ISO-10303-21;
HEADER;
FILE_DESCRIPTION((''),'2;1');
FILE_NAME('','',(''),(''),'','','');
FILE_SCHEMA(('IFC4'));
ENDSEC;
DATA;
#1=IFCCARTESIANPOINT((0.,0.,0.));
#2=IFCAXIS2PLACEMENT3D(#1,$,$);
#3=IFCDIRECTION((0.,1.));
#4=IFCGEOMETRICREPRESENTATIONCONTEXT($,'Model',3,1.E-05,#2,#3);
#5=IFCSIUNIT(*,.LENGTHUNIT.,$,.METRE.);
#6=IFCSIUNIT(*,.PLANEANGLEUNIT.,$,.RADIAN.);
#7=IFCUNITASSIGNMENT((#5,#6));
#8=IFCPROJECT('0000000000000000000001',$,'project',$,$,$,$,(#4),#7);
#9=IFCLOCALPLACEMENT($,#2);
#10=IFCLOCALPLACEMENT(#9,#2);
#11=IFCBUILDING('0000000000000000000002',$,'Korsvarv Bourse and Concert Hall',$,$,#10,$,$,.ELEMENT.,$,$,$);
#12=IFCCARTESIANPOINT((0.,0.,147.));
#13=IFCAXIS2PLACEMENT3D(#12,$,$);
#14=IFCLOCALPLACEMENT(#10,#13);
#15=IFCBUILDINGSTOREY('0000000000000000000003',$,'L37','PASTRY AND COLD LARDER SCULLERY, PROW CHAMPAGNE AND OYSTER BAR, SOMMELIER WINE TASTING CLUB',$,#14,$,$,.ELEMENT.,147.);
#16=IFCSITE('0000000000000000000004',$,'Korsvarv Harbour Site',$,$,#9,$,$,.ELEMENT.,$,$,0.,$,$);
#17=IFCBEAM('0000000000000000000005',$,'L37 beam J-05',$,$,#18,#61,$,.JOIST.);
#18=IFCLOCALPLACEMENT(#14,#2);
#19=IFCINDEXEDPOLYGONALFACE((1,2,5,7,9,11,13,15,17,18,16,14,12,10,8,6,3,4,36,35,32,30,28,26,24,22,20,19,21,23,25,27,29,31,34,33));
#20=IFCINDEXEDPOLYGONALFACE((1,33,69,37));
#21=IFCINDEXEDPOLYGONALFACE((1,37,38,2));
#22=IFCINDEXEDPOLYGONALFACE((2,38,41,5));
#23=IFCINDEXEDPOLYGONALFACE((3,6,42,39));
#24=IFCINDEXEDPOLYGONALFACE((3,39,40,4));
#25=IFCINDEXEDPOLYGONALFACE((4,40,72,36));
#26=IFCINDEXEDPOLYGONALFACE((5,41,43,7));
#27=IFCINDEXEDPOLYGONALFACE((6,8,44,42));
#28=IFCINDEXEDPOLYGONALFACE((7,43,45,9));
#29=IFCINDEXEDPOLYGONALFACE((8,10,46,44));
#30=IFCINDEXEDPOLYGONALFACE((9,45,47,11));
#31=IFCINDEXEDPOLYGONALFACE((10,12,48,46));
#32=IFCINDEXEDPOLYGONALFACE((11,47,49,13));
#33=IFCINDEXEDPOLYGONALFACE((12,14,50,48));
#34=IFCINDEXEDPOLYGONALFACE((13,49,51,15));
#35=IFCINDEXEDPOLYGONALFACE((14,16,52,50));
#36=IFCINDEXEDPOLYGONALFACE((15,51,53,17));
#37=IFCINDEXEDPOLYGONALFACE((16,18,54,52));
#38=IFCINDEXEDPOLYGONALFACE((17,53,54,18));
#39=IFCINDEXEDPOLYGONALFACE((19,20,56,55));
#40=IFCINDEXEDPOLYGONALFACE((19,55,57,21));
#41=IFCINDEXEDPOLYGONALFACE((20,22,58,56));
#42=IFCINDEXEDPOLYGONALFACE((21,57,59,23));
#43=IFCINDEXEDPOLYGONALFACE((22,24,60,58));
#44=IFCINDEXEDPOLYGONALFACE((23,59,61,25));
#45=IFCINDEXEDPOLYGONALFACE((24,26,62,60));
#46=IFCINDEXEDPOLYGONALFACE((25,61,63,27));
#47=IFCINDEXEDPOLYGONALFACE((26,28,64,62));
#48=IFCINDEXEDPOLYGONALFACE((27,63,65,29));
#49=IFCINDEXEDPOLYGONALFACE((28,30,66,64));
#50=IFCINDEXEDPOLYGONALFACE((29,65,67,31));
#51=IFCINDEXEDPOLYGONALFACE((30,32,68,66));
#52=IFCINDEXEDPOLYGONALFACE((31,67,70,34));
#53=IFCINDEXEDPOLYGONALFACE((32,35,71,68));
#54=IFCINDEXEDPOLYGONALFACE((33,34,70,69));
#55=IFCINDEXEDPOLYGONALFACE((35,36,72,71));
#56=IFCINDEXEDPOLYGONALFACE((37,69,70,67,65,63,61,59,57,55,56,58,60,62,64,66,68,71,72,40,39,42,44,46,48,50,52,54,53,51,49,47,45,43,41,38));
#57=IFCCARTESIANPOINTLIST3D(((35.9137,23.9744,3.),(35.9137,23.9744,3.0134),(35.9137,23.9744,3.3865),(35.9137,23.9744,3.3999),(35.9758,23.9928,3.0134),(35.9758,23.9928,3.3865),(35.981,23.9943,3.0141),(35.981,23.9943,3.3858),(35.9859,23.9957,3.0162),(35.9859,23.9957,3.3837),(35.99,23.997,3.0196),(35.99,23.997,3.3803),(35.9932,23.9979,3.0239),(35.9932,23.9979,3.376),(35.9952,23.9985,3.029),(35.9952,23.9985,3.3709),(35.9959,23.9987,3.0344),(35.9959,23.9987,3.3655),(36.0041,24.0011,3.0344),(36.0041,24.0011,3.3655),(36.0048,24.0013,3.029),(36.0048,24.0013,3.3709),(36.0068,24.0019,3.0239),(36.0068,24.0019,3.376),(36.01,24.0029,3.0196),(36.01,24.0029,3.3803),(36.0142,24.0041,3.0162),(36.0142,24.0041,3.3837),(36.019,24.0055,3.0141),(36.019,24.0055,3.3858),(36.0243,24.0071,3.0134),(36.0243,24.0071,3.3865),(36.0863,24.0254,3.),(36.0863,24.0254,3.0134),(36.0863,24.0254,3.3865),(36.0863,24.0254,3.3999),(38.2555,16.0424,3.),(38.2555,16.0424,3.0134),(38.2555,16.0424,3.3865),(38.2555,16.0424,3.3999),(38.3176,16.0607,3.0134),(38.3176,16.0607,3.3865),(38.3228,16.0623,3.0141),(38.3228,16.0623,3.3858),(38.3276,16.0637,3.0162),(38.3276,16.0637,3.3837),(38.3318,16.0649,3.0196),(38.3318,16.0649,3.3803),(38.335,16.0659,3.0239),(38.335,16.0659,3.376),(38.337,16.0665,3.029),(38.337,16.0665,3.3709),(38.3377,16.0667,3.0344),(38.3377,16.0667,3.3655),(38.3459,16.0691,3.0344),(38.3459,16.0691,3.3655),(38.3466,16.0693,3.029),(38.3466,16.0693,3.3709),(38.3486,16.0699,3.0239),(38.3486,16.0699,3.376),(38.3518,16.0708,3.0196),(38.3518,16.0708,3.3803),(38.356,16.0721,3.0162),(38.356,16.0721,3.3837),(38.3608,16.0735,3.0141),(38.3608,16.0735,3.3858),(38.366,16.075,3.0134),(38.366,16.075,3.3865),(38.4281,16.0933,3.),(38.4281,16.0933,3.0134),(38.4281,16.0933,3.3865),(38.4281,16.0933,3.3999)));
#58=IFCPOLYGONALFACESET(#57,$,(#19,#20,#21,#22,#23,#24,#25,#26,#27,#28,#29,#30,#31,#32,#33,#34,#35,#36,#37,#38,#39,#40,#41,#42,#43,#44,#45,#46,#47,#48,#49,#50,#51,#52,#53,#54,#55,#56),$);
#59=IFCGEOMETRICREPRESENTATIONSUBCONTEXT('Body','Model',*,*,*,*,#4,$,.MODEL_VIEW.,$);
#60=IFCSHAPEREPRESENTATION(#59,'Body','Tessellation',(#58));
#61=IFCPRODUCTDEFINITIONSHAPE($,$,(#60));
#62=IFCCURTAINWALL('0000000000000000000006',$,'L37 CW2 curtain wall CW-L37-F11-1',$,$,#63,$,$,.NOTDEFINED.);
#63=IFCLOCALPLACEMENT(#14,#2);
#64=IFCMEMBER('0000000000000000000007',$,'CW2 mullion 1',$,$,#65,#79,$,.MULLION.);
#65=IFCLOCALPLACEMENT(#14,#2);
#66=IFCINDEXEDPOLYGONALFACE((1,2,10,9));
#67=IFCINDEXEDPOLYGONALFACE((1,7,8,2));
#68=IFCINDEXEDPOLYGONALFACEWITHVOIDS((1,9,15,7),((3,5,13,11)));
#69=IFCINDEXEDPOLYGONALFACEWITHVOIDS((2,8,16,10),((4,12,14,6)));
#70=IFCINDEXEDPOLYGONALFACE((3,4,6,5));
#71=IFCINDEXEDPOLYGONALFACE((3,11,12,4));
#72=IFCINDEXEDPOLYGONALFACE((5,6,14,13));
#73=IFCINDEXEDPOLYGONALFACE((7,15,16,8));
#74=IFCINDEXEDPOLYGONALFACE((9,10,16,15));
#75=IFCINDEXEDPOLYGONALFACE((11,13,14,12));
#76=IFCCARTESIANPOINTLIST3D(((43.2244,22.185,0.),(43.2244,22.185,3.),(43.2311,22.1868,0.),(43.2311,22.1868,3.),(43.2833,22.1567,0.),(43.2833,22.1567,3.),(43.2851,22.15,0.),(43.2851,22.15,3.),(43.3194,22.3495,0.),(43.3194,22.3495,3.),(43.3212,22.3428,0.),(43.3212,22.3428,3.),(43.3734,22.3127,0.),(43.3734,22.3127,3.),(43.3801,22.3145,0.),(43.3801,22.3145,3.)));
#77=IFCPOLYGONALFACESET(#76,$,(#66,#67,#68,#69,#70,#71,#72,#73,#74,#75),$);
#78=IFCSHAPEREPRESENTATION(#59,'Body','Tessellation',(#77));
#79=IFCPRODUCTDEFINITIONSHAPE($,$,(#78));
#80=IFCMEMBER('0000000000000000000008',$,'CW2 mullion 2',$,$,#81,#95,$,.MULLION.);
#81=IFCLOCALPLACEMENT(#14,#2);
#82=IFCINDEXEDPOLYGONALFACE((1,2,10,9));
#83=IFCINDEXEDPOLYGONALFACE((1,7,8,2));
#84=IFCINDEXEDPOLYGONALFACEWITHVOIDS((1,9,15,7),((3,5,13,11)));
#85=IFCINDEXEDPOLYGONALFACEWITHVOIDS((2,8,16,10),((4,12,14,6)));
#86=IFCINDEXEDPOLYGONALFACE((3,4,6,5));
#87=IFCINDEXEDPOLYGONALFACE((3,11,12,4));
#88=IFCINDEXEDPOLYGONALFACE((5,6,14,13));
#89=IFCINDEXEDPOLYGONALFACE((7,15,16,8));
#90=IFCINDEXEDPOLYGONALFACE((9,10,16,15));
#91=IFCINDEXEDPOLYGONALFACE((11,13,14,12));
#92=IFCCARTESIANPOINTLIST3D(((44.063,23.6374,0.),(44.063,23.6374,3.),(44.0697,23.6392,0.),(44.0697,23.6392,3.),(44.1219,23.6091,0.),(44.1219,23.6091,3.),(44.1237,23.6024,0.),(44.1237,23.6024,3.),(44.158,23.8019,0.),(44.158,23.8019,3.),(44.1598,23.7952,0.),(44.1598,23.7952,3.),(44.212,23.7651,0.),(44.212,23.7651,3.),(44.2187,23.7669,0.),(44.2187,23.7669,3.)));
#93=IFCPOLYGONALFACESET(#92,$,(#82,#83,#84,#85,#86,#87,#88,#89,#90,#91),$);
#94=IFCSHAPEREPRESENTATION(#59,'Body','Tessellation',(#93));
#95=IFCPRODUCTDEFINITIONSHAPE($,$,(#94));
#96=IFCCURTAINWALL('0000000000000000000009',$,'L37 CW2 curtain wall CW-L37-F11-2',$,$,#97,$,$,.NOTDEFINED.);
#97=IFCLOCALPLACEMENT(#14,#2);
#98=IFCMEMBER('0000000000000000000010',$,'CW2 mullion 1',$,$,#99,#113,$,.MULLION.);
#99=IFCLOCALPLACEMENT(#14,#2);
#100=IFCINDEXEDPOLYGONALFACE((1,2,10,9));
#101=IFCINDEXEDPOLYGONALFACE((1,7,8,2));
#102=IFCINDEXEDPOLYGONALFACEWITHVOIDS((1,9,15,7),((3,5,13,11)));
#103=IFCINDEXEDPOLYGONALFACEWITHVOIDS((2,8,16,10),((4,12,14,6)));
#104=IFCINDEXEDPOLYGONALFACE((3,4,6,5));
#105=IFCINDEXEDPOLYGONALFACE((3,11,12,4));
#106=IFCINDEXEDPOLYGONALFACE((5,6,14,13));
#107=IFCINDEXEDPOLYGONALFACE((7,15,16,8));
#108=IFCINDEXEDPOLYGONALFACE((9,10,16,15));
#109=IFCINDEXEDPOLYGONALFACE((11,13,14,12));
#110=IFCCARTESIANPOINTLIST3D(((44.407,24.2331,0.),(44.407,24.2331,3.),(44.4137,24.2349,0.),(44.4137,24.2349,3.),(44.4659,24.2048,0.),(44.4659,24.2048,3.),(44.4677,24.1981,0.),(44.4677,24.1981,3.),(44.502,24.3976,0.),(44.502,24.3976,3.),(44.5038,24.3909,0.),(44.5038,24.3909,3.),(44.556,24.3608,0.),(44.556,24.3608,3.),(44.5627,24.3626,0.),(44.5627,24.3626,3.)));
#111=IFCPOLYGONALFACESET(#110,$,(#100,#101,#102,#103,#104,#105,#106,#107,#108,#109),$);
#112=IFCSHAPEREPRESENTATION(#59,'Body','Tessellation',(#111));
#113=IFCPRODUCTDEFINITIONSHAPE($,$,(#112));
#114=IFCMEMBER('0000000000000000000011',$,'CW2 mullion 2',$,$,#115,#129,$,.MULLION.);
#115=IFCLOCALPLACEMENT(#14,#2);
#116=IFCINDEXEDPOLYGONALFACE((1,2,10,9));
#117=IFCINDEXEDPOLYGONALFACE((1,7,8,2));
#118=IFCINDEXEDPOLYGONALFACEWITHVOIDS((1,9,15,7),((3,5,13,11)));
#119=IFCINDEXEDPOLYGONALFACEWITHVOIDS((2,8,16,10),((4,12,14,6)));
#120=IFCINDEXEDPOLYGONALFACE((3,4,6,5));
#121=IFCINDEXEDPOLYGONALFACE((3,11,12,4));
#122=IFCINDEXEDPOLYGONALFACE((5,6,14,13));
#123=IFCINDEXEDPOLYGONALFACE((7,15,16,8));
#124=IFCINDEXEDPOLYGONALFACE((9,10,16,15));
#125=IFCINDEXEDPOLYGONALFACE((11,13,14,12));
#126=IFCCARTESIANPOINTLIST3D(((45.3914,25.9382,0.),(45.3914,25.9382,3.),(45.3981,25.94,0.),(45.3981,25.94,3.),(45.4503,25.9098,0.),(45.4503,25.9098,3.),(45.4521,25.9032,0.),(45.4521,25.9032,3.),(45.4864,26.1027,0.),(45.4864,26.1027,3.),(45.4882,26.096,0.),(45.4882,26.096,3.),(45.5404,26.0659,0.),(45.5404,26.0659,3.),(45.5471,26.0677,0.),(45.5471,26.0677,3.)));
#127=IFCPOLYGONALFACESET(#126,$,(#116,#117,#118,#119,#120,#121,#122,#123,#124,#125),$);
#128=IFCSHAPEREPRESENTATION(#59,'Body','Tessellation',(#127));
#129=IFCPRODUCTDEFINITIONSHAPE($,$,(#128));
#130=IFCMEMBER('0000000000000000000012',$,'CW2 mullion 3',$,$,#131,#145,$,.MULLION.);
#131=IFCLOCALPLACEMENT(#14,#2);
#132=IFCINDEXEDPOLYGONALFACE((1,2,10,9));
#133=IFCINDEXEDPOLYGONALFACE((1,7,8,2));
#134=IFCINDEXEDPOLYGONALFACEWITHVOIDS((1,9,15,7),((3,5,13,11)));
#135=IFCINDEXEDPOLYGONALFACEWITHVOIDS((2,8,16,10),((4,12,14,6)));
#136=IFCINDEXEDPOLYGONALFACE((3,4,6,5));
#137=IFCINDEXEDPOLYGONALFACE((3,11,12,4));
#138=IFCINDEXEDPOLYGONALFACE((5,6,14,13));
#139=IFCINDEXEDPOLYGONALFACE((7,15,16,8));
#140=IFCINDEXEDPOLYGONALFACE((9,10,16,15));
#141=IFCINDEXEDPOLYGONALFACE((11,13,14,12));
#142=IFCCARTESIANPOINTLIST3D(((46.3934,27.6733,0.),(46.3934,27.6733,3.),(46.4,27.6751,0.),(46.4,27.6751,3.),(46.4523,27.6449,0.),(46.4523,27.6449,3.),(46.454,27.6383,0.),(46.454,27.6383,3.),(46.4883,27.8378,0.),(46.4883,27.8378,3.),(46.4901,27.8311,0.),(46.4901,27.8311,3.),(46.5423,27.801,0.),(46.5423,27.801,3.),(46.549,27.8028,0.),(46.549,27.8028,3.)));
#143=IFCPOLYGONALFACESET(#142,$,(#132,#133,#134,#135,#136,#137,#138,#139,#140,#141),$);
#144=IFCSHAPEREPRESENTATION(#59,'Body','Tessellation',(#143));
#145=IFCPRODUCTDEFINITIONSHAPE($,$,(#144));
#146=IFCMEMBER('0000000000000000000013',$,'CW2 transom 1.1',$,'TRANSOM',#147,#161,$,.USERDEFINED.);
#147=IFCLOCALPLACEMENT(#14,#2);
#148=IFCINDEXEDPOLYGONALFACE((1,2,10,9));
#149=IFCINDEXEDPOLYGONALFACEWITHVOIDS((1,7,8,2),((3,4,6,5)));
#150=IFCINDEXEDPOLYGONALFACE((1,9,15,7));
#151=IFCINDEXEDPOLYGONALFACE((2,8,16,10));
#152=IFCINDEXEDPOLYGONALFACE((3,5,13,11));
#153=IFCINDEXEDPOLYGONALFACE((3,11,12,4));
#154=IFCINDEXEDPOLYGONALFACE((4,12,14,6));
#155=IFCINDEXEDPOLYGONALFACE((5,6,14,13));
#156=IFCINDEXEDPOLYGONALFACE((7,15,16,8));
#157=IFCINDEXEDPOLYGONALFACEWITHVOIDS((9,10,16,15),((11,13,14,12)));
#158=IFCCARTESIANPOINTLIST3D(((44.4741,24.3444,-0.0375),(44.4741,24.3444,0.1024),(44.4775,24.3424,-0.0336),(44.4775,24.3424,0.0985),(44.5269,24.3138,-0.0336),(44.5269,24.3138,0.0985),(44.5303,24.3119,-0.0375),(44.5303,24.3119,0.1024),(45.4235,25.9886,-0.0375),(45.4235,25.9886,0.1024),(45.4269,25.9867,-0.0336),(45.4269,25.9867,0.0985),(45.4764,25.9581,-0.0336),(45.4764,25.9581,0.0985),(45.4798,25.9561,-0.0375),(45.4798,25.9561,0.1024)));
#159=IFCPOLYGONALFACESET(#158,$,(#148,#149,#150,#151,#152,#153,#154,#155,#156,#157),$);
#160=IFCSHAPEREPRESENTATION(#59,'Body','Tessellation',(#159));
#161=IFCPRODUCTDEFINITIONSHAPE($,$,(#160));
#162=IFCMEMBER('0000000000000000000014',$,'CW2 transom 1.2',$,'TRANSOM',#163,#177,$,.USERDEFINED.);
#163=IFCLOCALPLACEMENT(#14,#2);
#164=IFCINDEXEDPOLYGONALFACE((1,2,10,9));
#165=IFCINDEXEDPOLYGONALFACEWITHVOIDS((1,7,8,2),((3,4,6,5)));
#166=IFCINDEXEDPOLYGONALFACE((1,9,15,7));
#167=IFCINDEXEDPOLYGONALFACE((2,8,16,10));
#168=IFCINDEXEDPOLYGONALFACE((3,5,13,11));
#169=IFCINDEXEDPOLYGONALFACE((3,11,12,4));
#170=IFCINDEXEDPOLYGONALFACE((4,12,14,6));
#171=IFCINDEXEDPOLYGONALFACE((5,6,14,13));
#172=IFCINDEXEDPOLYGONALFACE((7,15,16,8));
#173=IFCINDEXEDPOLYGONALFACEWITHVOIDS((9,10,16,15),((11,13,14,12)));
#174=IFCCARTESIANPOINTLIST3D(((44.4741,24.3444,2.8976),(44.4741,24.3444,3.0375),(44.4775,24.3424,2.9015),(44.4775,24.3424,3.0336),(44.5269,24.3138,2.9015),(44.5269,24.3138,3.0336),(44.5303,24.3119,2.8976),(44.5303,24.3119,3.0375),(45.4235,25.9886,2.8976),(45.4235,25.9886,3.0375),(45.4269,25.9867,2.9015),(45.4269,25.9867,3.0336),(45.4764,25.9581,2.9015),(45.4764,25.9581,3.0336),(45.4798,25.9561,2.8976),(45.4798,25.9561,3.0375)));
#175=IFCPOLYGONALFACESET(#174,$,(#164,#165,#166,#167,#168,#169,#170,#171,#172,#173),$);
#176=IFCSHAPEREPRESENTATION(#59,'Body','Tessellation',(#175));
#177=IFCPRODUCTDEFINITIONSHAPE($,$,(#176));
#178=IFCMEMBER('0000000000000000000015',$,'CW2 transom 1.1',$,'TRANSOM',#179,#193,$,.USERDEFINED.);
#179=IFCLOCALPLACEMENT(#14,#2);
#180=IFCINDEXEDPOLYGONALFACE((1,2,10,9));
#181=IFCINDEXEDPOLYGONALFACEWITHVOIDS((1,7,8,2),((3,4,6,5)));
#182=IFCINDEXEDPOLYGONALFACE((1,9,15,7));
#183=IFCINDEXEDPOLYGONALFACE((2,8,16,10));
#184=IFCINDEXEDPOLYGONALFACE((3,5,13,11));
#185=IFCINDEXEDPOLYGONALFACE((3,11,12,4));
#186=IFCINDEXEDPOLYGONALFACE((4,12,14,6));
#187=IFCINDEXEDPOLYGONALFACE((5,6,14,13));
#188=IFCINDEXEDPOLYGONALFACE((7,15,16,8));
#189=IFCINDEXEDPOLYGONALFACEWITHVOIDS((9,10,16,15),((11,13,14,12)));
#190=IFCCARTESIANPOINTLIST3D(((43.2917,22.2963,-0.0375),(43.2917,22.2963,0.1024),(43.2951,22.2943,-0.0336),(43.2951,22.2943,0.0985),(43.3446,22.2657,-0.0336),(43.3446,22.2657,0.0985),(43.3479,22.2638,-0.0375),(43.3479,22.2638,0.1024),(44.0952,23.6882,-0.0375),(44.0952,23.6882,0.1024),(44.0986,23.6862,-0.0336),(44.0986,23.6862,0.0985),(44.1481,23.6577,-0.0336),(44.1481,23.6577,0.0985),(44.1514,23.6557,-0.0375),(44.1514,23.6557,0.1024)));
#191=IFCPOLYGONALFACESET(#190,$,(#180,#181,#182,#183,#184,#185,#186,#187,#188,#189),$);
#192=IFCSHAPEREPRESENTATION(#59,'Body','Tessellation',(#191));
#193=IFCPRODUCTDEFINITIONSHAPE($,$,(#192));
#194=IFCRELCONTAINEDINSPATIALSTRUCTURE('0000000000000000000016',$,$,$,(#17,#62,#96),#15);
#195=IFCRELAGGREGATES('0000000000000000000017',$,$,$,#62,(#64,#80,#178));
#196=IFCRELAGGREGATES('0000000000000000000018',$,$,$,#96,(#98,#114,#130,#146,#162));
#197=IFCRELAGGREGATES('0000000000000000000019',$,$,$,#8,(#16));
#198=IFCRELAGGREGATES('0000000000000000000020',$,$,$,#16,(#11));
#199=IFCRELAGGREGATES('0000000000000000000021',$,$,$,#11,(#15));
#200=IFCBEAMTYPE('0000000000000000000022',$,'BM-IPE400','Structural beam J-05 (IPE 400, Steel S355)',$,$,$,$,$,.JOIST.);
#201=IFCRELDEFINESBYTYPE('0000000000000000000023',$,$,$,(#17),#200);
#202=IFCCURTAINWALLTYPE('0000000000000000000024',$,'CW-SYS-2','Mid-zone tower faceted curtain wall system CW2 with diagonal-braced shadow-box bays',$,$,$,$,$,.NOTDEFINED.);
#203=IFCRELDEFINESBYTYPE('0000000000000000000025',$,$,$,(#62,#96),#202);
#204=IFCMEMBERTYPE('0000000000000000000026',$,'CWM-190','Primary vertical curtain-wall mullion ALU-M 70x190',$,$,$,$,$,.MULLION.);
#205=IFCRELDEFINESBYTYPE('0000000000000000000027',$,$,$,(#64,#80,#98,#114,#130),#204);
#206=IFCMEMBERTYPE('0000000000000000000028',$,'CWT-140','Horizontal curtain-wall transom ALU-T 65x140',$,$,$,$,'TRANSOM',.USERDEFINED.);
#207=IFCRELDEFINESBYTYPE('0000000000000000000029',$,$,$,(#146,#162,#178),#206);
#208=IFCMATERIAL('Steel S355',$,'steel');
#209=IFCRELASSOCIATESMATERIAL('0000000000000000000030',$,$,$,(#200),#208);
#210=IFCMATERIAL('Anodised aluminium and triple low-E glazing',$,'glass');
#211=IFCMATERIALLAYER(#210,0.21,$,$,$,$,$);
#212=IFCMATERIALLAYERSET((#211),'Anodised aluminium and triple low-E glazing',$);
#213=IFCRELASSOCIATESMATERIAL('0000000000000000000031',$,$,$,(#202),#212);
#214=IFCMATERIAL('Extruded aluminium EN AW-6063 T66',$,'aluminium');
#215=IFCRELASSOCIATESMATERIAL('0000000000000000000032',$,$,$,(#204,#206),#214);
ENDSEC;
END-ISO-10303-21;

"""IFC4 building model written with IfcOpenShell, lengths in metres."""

from ifc_helpers import new_model, si_unit, direction, frame, origin, origin_2d, place, context, subcontext, project, spatial, hollow_rectangle, i_section, extrude, source, transform, mapped, material, layer, layer_set, material_profile, profile_set, type_object, element, aggregate, save


model = new_model("IFC4")

# Units and contexts
model_context = context("Model", 3, precision=1e-05, world=origin(), true_north=direction((0.0, 1.0)))
body_context = subcontext(model_context, "Body", "Model", "MODEL_VIEW")
ifc_project = project(units=[si_unit("LENGTHUNIT", "METRE"), si_unit("PLANEANGLEUNIT", "RADIAN")], contexts=[model_context])

# Site, building, storey
site_placement = place(None, origin())
site = spatial("IfcSite", under=ifc_project, at=site_placement, Name="Korsvarv Harbour Site", CompositionType="ELEMENT", RefElevation=0.0)
building_placement = place(site_placement, origin())
building = spatial("IfcBuilding", under=site, at=building_placement, Name="Korsvarv Bourse and Concert Hall", CompositionType="ELEMENT")
storey_placement = place(building_placement, frame((0.0, 0.0, 147.0)))
storey = spatial("IfcBuildingStorey", under=building, at=storey_placement, Name="L37", Description="PASTRY AND COLD LARDER SCULLERY, PROW CHAMPAGNE AND OYSTER BAR, SOMMELIER WINE TASTING CLUB", CompositionType="ELEMENT", Elevation=147.0)

# Shared definitions
ifc_material_1 = material(Name="Steel S355", Category="steel")

# Beam
ifc_material_profile_1 = material_profile(ifc_material_1, i_section(OverallWidth=0.1799, OverallDepth=0.3999, WebThickness=0.0085, FlangeThickness=0.0134, FilletRadius=0.021, at=origin_2d()), Name="IPE 400")
ifc_profile_set_1 = profile_set([ifc_material_profile_1], Name="Steel S355")
beam_type_1 = type_object("IfcBeamType", Name="BM-IPE400", Description="Structural beam J-05 (IPE 400, Steel S355)", PredefinedType="JOIST", material=ifc_profile_set_1)
shared_shape_1 = source(origin(), body_context, "Body", "SweptSolid", [
    extrude(i_section(OverallWidth=0.1799, OverallDepth=0.3999, WebThickness=0.0085, FlangeThickness=0.0134, FilletRadius=0.021, at=origin_2d()), origin(), (0.0, 0.0, 1.0), 8.2705),
])
beam_1_placement = place(storey_placement, frame((38.3418, 16.0679, 3.2), z_axis=(-0.283147, 0.959076, 0.0), x_axis=(-0.959076, -0.283147, 0.0)))
element("IfcBeam", 1, at=beam_1_placement, inside=storey, type_object=beam_type_1, Name="L37 beam J-05", PredefinedType="JOIST", context=body_context, shape_type="MappedRepresentation", body=[
    mapped(shared_shape_1, transform((0.0, 0.0, 0.0), scale=1.0)),
])

# Curtain walls, members
ifc_material_2 = material(Name="Anodised aluminium and triple low-E glazing", Category="glass")
ifc_layer_1 = layer(ifc_material_2, 0.21)
ifc_layer_set_1 = layer_set([ifc_layer_1], Name="Anodised aluminium and triple low-E glazing")
curtain_wall_type = type_object("IfcCurtainWallType", Name="CW-SYS-2", Description="Mid-zone tower faceted curtain wall system CW2 with diagonal-braced shadow-box bays", PredefinedType="NOTDEFINED", material=ifc_layer_set_1)
curtain_wall_1_placement = place(storey_placement, origin())
curtain_wall_1 = element("IfcCurtainWall", 2, at=curtain_wall_1_placement, inside=storey, type_object=curtain_wall_type, Name="L37 CW2 curtain wall CW-L37-F11-1", PredefinedType="NOTDEFINED")
ifc_material_3 = material(Name="Extruded aluminium EN AW-6063 T66", Category="aluminium")
ifc_material_profile_2 = material_profile(ifc_material_3, hollow_rectangle(XDim=0.0701, YDim=0.1899, WallThickness=0.0049, at=origin_2d()), Name="ALU-M 70x190")
ifc_profile_set_2 = profile_set([ifc_material_profile_2], Name="Extruded aluminium EN AW-6063 T66")
member_type_1 = type_object("IfcMemberType", Name="CWM-190", Description="Primary vertical curtain-wall mullion ALU-M 70x190", PredefinedType="MULLION", material=ifc_profile_set_2)
shared_shape_2 = source(origin(), body_context, "Body", "SweptSolid", [
    extrude(hollow_rectangle(XDim=0.0701, YDim=0.1899, WallThickness=0.0049, at=origin_2d()), origin(), (0.0, 0.0, 1.0), 3.0),
])
member_1_placement = place(storey_placement, frame((43.3022, 22.2498, 0.0), z_axis=(0.0, 0.0, 1.0), x_axis=(-0.866023, 0.500005, 0.0)))
member_1 = element("IfcMember", 3, at=member_1_placement, type_object=member_type_1, Name="CW2 mullion 1", PredefinedType="MULLION", context=body_context, shape_type="MappedRepresentation", body=[
    mapped(shared_shape_2, transform((0.0, 0.0, 0.0), scale=1.0)),
])
member_2_placement = place(storey_placement, frame((44.1409, 23.7021, 0.0), z_axis=(0.0, 0.0, 1.0), x_axis=(-0.866023, 0.500005, 0.0)))
member_2 = element("IfcMember", 4, at=member_2_placement, type_object=member_type_1, Name="CW2 mullion 2", PredefinedType="MULLION", context=body_context, shape_type="MappedRepresentation", body=[
    mapped(shared_shape_2, transform((0.0, 0.0, 0.0), scale=1.0)),
])
curtain_wall_2_placement = place(storey_placement, origin())
curtain_wall_2 = element("IfcCurtainWall", 5, at=curtain_wall_2_placement, inside=storey, type_object=curtain_wall_type, Name="L37 CW2 curtain wall CW-L37-F11-2", PredefinedType="NOTDEFINED")
member_3_placement = place(storey_placement, frame((44.4849, 24.2979, 0.0), z_axis=(0.0, 0.0, 1.0), x_axis=(-0.866023, 0.500005, 0.0)))
member_3 = element("IfcMember", 6, at=member_3_placement, type_object=member_type_1, Name="CW2 mullion 1", PredefinedType="MULLION", context=body_context, shape_type="MappedRepresentation", body=[
    mapped(shared_shape_2, transform((0.0, 0.0, 0.0), scale=1.0)),
])
member_4_placement = place(storey_placement, frame((45.4692, 26.0029, 0.0), z_axis=(0.0, 0.0, 1.0), x_axis=(-0.866023, 0.500005, 0.0)))
member_4 = element("IfcMember", 7, at=member_4_placement, type_object=member_type_1, Name="CW2 mullion 2", PredefinedType="MULLION", context=body_context, shape_type="MappedRepresentation", body=[
    mapped(shared_shape_2, transform((0.0, 0.0, 0.0), scale=1.0)),
])
member_5_placement = place(storey_placement, frame((46.4712, 27.738, 0.0), z_axis=(0.0, 0.0, 1.0), x_axis=(-0.866023, 0.500005, 0.0)))
member_5 = element("IfcMember", 8, at=member_5_placement, type_object=member_type_1, Name="CW2 mullion 3", PredefinedType="MULLION", context=body_context, shape_type="MappedRepresentation", body=[
    mapped(shared_shape_2, transform((0.0, 0.0, 0.0), scale=1.0)),
])
ifc_material_profile_3 = material_profile(ifc_material_3, hollow_rectangle(XDim=0.0649, YDim=0.1399, WallThickness=0.0039, at=origin_2d()), Name="ALU-T 65x140")
ifc_profile_set_3 = profile_set([ifc_material_profile_3], Name="Extruded aluminium EN AW-6063 T66")
member_type_2 = type_object("IfcMemberType", Name="CWT-140", Description="Horizontal curtain-wall transom ALU-T 65x140", ElementType="TRANSOM", PredefinedType="USERDEFINED", material=ifc_profile_set_3)
shared_shape_3 = source(origin(), body_context, "Body", "SweptSolid", [
    extrude(hollow_rectangle(XDim=0.0649, YDim=0.1399, WallThickness=0.0039, at=origin_2d()), origin(), (0.0, 0.0, 1.0), 1.8987),
])
member_6_placement = place(storey_placement, frame((44.5022, 24.3281, 0.0325), z_axis=(0.500053, 0.865995, 0.0), x_axis=(-0.865995, 0.500053, 0.0)))
member_6 = element("IfcMember", 9, at=member_6_placement, type_object=member_type_2, Name="CW2 transom 1.1", ObjectType="TRANSOM", PredefinedType="USERDEFINED", context=body_context, shape_type="MappedRepresentation", body=[
    mapped(shared_shape_3, transform((0.0, 0.0, 0.0), scale=1.0)),
])
member_7_placement = place(storey_placement, frame((44.5022, 24.3281, 2.9675), z_axis=(0.500053, 0.865995, 0.0), x_axis=(-0.865995, 0.500053, 0.0)))
member_7 = element("IfcMember", 10, at=member_7_placement, type_object=member_type_2, Name="CW2 transom 1.2", ObjectType="TRANSOM", PredefinedType="USERDEFINED", context=body_context, shape_type="MappedRepresentation", body=[
    mapped(shared_shape_3, transform((0.0, 0.0, 0.0), scale=1.0)),
])

# Member
shared_shape_4 = source(origin(), body_context, "Body", "SweptSolid", [
    extrude(hollow_rectangle(XDim=0.0649, YDim=0.1399, WallThickness=0.0039, at=origin_2d()), origin(), (0.0, 0.0, 1.0), 1.6072),
])
member_8_placement = place(storey_placement, frame((43.3198, 22.28, 0.0325), z_axis=(0.499946, 0.866057, 0.0), x_axis=(-0.866057, 0.499946, 0.0)))
member_8 = element("IfcMember", 11, at=member_8_placement, type_object=member_type_2, Name="CW2 transom 1.1", ObjectType="TRANSOM", PredefinedType="USERDEFINED", context=body_context, shape_type="MappedRepresentation", body=[
    mapped(shared_shape_4, transform((0.0, 0.0, 0.0), scale=1.0)),
])

aggregate(curtain_wall_1, [member_1, member_2, member_8])
aggregate(curtain_wall_2, [member_3, member_4, member_5, member_6, member_7])

save(model, "model.ifc")
